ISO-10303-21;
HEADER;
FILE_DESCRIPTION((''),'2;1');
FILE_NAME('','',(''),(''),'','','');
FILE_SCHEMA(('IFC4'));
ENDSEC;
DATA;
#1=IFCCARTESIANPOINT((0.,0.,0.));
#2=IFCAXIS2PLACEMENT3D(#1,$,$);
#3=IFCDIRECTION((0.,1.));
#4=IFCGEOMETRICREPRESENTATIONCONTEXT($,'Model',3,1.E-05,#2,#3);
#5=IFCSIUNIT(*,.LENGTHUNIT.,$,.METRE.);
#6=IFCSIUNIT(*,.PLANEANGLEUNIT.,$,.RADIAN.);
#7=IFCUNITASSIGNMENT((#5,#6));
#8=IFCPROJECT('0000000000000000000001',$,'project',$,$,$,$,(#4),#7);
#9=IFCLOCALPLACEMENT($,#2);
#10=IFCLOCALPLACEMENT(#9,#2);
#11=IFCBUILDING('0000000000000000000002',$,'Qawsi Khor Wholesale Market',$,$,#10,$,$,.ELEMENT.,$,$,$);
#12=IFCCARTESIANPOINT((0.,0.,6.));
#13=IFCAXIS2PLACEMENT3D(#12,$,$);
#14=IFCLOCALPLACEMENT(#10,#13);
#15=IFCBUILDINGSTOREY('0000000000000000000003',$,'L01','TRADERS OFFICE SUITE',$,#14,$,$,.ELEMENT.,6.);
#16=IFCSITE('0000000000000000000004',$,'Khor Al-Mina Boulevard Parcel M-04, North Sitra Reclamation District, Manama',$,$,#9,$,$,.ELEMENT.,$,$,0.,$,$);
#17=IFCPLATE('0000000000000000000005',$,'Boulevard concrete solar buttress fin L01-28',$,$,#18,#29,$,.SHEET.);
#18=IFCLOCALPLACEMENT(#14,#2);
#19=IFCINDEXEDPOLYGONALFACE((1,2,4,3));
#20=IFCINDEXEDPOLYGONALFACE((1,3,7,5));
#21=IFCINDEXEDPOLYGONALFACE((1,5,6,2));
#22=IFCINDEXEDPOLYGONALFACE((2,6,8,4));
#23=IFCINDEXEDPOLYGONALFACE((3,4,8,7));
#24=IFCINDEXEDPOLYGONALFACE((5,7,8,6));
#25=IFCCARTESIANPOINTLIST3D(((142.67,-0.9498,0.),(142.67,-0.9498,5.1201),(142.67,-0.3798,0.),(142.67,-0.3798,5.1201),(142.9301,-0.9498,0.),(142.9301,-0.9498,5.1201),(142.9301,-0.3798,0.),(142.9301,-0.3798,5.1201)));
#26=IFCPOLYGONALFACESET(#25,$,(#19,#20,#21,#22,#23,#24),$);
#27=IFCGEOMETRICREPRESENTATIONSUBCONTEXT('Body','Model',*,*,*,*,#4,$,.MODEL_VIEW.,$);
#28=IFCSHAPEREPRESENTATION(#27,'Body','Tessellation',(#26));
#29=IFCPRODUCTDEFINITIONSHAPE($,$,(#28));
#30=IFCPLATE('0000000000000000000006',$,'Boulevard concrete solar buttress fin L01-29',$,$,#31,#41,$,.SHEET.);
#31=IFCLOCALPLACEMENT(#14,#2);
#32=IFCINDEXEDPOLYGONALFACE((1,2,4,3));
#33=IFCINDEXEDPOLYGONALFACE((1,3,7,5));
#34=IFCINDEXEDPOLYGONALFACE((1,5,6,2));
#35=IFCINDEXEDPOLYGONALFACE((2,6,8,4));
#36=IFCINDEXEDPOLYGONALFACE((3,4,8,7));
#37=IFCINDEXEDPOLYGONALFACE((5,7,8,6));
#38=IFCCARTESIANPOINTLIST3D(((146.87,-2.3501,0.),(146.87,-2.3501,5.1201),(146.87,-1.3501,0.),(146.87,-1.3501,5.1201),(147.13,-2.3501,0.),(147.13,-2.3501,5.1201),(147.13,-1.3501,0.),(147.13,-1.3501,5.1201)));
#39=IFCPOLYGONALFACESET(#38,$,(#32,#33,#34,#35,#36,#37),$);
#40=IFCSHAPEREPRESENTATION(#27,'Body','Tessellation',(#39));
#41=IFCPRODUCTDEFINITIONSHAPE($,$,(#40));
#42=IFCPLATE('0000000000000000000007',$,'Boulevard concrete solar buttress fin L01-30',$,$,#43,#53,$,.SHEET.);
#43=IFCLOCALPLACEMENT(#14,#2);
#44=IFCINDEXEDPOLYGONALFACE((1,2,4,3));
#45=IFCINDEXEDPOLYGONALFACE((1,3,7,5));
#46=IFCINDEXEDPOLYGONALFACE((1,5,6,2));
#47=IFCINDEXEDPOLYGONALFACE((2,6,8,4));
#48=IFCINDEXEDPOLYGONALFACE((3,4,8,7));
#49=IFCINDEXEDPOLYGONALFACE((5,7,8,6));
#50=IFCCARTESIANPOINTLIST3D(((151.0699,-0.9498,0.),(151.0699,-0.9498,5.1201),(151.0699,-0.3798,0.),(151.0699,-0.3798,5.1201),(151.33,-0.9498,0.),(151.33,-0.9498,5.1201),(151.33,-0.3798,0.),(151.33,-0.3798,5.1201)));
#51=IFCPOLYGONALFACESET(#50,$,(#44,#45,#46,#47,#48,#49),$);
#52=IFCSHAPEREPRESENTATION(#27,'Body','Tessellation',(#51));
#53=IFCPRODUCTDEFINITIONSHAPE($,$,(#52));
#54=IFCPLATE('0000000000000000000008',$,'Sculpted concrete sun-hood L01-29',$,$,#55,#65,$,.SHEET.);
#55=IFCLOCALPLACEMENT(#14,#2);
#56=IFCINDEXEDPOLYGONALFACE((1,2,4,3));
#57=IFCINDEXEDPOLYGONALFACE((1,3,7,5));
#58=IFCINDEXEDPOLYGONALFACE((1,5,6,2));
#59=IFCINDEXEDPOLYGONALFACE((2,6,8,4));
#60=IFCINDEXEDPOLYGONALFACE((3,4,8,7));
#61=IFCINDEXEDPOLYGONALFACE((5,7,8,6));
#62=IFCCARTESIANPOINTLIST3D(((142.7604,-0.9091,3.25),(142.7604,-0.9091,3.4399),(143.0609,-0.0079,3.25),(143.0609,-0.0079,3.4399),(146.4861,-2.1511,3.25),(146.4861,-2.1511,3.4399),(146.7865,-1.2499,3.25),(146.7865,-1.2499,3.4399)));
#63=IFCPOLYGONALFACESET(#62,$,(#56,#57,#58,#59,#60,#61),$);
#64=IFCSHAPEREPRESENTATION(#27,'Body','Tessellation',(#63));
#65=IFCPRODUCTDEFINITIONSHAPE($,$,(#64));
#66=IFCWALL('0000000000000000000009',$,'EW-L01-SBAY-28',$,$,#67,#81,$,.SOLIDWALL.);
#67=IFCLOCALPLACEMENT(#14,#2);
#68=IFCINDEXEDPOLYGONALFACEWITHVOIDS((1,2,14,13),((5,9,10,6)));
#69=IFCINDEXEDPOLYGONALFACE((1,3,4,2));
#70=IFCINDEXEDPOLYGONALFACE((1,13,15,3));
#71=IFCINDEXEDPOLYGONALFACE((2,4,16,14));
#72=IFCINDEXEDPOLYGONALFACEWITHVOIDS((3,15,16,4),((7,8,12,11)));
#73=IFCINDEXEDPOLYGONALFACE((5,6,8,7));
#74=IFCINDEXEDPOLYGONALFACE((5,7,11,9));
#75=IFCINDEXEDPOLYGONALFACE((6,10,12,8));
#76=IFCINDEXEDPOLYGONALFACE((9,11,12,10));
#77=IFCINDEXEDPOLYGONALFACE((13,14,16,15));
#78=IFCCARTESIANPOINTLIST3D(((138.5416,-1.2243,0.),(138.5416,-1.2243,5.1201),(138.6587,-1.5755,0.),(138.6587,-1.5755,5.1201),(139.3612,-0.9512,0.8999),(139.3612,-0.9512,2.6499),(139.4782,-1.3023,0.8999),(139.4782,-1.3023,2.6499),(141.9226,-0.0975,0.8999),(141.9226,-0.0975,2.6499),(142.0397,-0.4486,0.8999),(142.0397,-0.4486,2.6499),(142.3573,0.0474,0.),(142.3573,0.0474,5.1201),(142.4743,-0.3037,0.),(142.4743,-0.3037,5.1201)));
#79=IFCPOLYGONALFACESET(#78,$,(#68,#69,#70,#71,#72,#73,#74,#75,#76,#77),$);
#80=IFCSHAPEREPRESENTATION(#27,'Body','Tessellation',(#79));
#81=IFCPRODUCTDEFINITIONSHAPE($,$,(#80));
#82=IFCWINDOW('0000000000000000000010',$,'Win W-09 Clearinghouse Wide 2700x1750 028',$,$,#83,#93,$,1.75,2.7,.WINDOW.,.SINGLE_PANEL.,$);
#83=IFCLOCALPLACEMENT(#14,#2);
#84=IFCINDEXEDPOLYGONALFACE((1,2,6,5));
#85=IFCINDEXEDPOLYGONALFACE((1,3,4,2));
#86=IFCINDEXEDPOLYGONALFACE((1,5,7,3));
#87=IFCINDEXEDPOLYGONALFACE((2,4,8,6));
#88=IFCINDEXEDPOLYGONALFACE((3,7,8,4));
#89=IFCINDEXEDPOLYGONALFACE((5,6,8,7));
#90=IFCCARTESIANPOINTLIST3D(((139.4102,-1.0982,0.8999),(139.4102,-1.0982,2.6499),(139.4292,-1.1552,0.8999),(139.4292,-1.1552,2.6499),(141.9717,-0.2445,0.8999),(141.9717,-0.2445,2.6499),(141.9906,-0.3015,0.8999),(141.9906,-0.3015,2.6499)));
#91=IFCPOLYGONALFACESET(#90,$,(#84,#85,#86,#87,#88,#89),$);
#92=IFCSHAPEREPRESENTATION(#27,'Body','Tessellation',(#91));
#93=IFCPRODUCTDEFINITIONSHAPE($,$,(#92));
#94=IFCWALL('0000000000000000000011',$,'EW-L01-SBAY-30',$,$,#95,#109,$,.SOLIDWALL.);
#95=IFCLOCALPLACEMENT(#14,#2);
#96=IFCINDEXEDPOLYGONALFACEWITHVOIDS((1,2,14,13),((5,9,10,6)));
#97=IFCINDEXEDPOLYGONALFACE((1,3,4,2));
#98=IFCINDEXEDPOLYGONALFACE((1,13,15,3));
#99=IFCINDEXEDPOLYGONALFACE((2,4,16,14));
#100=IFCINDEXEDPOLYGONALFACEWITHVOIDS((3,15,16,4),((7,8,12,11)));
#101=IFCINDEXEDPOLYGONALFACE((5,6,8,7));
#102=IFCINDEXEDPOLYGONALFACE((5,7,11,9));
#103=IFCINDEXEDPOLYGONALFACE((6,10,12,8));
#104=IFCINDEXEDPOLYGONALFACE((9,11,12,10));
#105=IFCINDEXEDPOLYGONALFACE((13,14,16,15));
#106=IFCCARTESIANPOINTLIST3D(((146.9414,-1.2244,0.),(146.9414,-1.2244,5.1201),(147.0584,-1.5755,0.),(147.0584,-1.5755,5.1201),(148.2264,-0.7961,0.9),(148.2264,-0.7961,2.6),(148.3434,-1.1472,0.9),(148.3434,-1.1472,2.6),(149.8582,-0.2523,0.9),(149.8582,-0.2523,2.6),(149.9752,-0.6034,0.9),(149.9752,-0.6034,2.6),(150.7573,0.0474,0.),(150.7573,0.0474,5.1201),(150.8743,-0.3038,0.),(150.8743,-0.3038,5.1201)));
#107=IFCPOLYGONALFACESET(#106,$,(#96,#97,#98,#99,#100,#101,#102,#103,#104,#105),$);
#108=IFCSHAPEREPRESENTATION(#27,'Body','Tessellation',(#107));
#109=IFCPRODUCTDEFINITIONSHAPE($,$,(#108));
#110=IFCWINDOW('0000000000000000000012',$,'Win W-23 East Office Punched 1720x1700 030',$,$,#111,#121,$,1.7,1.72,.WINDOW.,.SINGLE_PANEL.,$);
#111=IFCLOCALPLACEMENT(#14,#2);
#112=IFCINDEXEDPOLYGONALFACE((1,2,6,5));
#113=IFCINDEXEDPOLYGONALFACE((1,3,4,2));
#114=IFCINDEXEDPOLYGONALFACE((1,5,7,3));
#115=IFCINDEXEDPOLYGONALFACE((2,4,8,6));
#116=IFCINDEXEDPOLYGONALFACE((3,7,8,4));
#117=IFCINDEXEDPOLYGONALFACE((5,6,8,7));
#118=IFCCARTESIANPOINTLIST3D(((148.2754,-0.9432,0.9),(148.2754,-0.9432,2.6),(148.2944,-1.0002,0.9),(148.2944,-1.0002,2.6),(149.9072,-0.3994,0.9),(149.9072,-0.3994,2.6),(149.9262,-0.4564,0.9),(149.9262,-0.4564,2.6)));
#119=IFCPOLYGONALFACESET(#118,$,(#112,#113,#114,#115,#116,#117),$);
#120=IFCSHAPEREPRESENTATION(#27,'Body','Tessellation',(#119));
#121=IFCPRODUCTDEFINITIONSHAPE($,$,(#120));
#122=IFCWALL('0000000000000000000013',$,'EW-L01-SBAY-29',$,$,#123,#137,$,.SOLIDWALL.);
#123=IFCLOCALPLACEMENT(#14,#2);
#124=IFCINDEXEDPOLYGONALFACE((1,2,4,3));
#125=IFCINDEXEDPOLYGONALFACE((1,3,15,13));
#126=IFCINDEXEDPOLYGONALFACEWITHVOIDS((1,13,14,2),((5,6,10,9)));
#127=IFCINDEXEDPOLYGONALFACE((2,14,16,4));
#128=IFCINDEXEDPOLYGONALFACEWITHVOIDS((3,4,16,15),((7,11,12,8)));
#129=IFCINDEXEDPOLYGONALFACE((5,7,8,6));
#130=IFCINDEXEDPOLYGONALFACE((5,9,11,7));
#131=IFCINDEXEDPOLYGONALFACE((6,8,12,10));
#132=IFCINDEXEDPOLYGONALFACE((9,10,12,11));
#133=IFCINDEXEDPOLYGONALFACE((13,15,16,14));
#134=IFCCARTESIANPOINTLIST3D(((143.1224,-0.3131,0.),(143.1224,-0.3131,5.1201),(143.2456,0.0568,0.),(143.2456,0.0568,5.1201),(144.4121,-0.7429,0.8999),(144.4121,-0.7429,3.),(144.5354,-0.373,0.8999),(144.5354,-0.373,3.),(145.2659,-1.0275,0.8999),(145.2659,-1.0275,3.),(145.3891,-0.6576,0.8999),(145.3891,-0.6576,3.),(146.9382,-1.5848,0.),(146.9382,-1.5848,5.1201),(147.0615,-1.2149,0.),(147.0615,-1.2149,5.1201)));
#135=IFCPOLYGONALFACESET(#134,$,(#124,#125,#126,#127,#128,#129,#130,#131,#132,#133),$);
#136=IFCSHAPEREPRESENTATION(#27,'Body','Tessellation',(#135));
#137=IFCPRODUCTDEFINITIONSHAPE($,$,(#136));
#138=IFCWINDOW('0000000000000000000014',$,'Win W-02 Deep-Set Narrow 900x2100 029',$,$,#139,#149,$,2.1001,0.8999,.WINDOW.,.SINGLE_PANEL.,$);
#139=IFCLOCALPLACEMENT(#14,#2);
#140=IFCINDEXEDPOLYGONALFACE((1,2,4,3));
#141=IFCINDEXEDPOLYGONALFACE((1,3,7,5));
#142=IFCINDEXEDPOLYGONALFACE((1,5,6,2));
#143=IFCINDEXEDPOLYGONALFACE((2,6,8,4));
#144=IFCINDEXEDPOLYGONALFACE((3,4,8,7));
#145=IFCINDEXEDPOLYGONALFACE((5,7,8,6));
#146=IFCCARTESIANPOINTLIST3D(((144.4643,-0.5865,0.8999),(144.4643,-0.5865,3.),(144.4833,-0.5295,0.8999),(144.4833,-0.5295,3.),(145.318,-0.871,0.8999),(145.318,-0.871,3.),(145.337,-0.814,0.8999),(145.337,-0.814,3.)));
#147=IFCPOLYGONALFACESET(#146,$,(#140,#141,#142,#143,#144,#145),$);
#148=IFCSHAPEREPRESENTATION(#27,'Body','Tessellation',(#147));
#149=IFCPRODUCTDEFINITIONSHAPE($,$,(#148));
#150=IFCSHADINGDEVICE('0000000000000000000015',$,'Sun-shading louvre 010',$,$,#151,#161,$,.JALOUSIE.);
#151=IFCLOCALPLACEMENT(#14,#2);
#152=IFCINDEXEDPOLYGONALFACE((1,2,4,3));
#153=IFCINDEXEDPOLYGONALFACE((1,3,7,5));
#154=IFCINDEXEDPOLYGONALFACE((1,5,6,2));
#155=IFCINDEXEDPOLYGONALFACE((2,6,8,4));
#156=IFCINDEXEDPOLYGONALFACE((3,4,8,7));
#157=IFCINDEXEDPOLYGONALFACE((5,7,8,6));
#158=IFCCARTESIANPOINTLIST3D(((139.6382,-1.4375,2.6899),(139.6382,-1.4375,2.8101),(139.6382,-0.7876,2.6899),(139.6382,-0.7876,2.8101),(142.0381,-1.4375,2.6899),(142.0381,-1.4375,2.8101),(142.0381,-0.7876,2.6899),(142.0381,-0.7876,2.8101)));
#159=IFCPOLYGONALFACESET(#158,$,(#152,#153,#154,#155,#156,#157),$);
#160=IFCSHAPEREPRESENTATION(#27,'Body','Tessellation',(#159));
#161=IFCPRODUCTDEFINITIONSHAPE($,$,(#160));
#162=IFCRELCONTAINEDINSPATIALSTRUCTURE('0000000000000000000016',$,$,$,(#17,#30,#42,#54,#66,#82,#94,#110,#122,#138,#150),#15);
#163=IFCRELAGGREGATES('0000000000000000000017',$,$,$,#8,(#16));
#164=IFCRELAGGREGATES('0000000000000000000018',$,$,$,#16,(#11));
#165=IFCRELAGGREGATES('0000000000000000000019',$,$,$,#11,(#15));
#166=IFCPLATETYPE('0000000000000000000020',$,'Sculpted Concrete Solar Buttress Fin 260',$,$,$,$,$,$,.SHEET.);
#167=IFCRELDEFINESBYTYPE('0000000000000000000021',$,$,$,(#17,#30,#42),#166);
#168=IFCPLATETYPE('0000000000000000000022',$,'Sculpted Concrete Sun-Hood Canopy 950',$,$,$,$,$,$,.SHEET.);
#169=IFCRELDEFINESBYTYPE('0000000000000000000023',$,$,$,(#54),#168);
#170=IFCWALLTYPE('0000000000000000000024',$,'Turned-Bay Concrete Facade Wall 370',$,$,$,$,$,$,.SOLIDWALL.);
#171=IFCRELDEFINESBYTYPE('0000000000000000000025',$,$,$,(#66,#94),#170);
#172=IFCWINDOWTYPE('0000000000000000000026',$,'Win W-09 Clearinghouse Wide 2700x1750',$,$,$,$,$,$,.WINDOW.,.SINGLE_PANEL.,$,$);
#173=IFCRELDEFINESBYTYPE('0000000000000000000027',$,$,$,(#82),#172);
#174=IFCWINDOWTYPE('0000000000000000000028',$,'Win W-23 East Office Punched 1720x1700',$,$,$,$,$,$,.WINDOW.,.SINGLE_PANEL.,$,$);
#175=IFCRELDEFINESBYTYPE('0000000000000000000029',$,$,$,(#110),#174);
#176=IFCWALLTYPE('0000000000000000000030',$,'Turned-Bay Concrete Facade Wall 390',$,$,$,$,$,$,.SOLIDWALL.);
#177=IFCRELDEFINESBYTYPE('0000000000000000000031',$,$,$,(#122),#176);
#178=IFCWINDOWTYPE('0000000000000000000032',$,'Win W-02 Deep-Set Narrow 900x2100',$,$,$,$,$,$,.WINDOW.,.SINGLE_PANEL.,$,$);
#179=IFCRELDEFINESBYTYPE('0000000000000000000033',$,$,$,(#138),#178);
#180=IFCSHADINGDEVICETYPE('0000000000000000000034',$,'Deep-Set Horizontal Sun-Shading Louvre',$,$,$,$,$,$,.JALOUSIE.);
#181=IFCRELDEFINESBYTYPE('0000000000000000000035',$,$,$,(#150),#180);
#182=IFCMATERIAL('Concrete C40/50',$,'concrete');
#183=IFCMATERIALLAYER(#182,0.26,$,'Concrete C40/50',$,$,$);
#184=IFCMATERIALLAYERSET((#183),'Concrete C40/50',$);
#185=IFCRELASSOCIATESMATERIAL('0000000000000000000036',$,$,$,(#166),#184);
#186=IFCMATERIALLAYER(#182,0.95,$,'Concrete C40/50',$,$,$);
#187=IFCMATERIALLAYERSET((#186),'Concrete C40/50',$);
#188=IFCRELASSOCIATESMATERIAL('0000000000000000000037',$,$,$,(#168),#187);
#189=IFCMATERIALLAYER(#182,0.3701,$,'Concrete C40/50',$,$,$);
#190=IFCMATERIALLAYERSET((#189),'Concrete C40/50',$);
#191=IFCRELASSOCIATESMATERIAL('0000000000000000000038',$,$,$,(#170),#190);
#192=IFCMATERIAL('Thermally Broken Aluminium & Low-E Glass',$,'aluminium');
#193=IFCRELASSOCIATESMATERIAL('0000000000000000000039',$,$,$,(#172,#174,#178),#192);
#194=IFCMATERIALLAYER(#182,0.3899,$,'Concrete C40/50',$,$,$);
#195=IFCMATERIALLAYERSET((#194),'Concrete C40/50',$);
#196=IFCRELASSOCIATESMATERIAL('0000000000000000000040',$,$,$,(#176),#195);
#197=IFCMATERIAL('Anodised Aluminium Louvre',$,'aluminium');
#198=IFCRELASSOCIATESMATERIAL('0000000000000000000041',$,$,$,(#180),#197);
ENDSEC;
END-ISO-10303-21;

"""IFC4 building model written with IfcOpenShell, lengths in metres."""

from ifc_helpers import new_model, si_unit, direction, frame, frame_2d, origin, origin_2d, place, context, subcontext, project, spatial, rectangle, extrude, material, layer, layer_set, type_object, element, fill, save


model = new_model("IFC4")

# Units and contexts
model_context = context("Model", 3, precision=1e-05, world=origin(), true_north=direction((0.0, 1.0)))
body_context = subcontext(model_context, "Body", "Model", "MODEL_VIEW")
ifc_project = project(units=[si_unit("LENGTHUNIT", "METRE"), si_unit("PLANEANGLEUNIT", "RADIAN")], contexts=[model_context])

# Site, building, storey
site_placement = place(None, origin())
site = spatial("IfcSite", under=ifc_project, at=site_placement, Name="Khor Al-Mina Boulevard Parcel M-04, North Sitra Reclamation District, Manama", CompositionType="ELEMENT", RefElevation=0.0)
building_placement = place(site_placement, origin())
building = spatial("IfcBuilding", under=site, at=building_placement, Name="Qawsi Khor Wholesale Market", CompositionType="ELEMENT")
storey_placement = place(building_placement, frame((0.0, 0.0, 6.0)))
storey = spatial("IfcBuildingStorey", under=building, at=storey_placement, Name="L01", Description="TRADERS OFFICE SUITE", CompositionType="ELEMENT", Elevation=6.0)

# Shared definitions
ifc_material_1 = material(Name="Concrete C40/50", Category="concrete")

# Plates
ifc_layer_1 = layer(ifc_material_1, 0.26, Name="Concrete C40/50")
ifc_layer_set_1 = layer_set([ifc_layer_1], Name="Concrete C40/50")
plate_type_1 = type_object("IfcPlateType", Name="Sculpted Concrete Solar Buttress Fin 260", PredefinedType="SHEET", material=ifc_layer_set_1)
plate_1_placement = place(storey_placement, frame((142.8, -0.95, 0.0), z_axis=(0.0, 0.0, 1.0), x_axis=(0.0, 1.0, 0.0)))
element("IfcPlate", 1, at=plate_1_placement, inside=storey, type_object=plate_type_1, Name="Boulevard concrete solar buttress fin L01-28", PredefinedType="SHEET", context=body_context, shape_type="SweptSolid", body=[
    extrude(rectangle(XDim=0.5701, YDim=0.26, at=frame_2d((0.2852, 0.0))), origin(), (0.0, 0.0, 1.0), 5.1201),
])
plate_2_placement = place(storey_placement, frame((147.0, -2.3501, 0.0), z_axis=(0.0, 0.0, 1.0), x_axis=(0.0, 1.0, 0.0)))
element("IfcPlate", 2, at=plate_2_placement, inside=storey, type_object=plate_type_1, Name="Boulevard concrete solar buttress fin L01-29", PredefinedType="SHEET", context=body_context, shape_type="SweptSolid", body=[
    extrude(rectangle(XDim=1.0, YDim=0.26, at=frame_2d((0.5, 0.0))), origin(), (0.0, 0.0, 1.0), 5.1201),
])
plate_3_placement = place(storey_placement, frame((151.2, -0.95, 0.0), z_axis=(0.0, 0.0, 1.0), x_axis=(0.0, 1.0, 0.0)))
element("IfcPlate", 3, at=plate_3_placement, inside=storey, type_object=plate_type_1, Name="Boulevard concrete solar buttress fin L01-30", PredefinedType="SHEET", context=body_context, shape_type="SweptSolid", body=[
    extrude(rectangle(XDim=0.5701, YDim=0.26, at=frame_2d((0.2852, 0.0))), origin(), (0.0, 0.0, 1.0), 5.1201),
])
ifc_layer_2 = layer(ifc_material_1, 0.95, Name="Concrete C40/50")
ifc_layer_set_2 = layer_set([ifc_layer_2], Name="Concrete C40/50")
plate_type_2 = type_object("IfcPlateType", Name="Sculpted Concrete Sun-Hood Canopy 950", PredefinedType="SHEET", material=ifc_layer_set_2)
plate_4_placement = place(storey_placement, frame((142.9106, -0.4585, 3.25), z_axis=(0.0, 0.0, 1.0), x_axis=(0.948677, -0.316246, 0.0)))
element("IfcPlate", 4, at=plate_4_placement, inside=storey, type_object=plate_type_2, Name="Sculpted concrete sun-hood L01-29", PredefinedType="SHEET", context=body_context, shape_type="SweptSolid", body=[
    extrude(rectangle(XDim=3.9272, YDim=0.95, at=frame_2d((1.9636, 0.0))), origin(), (0.0, 0.0, 1.0), 0.1899),
])

# Walls, openings, windows
ifc_layer_3 = layer(ifc_material_1, 0.3701, Name="Concrete C40/50")
ifc_layer_set_3 = layer_set([ifc_layer_3], Name="Concrete C40/50")
wall_type_1 = type_object("IfcWallType", Name="Turned-Bay Concrete Facade Wall 370", PredefinedType="SOLIDWALL", material=ifc_layer_set_3)
wall_1_placement = place(storey_placement, frame((142.4158, -0.1282, 0.0), z_axis=(0.0, 0.0, 1.0), x_axis=(-0.948695, -0.316191, 0.0)))
wall_1 = element("IfcWall", 5, at=wall_1_placement, inside=storey, type_object=wall_type_1, Name="EW-L01-SBAY-28", PredefinedType="SOLIDWALL", context=body_context, shape_type="SweptSolid", body=[
    extrude(rectangle(XDim=4.022, YDim=0.3701, at=frame_2d((2.011, 0.0))), origin(), (0.0, 0.0, 1.0), 5.1201),
])
opening_1_placement = place(wall_1_placement, frame((0.458, 0.0, 0.8999)))
opening_1 = element("IfcOpeningElement", 6, at=opening_1_placement, cuts=wall_1, PredefinedType="OPENING", context=body_context, shape_type="SweptSolid", body=[
    extrude(rectangle(XDim=2.7, YDim=1.75, at=frame_2d((1.3501, 0.875))), frame((0.0, 0.1951, 0.0), z_axis=(0.0, -1.0, 0.0), x_axis=(1.0, 0.0, 0.0)), (0.0, 0.0, 1.0), 0.3901),
])
ifc_material_2 = material(Name="Thermally Broken Aluminium & Low-E Glass", Category="aluminium")
window_type_1 = type_object("IfcWindowType", Name="Win W-09 Clearinghouse Wide 2700x1750", PartitioningType="SINGLE_PANEL", PredefinedType="WINDOW", material=ifc_material_2)
window_1_placement = place(opening_1_placement, origin())
window_1 = element("IfcWindow", 7, at=window_1_placement, inside=storey, type_object=window_type_1, Name="Win W-09 Clearinghouse Wide 2700x1750 028", OverallHeight=1.75, OverallWidth=2.7, PartitioningType="SINGLE_PANEL", PredefinedType="WINDOW", context=body_context, shape_type="SweptSolid", body=[
    extrude(rectangle(XDim=2.7, YDim=1.75, at=frame_2d((1.3501, 0.875))), frame((0.0, 0.03, 0.0), z_axis=(0.0, -1.0, 0.0), x_axis=(1.0, 0.0, 0.0)), (0.0, 0.0, 1.0), 0.0601),
])
fill(opening_1, window_1)
wall_2_placement = place(storey_placement, frame((150.8159, -0.1282, 0.0), z_axis=(0.0, 0.0, 1.0), x_axis=(-0.948702, -0.316173, 0.0)))
wall_2 = element("IfcWall", 8, at=wall_2_placement, inside=storey, type_object=wall_type_1, Name="EW-L01-SBAY-30", PredefinedType="SOLIDWALL", context=body_context, shape_type="SweptSolid", body=[
    extrude(rectangle(XDim=4.0222, YDim=0.3701, at=frame_2d((2.0112, 0.0))), origin(), (0.0, 0.0, 1.0), 5.1201),
])
opening_2_placement = place(wall_2_placement, frame((0.948, 0.0, 0.8999)))
opening_2 = element("IfcOpeningElement", 9, at=opening_2_placement, cuts=wall_2, PredefinedType="OPENING", context=body_context, shape_type="SweptSolid", body=[
    extrude(rectangle(XDim=1.72, YDim=1.7, at=frame_2d((0.8599, 0.8501))), frame((0.0, 0.1951, 0.0), z_axis=(0.0, -1.0, 0.0), x_axis=(1.0, 0.0, 0.0)), (0.0, 0.0, 1.0), 0.3901),
])
window_type_2 = type_object("IfcWindowType", Name="Win W-23 East Office Punched 1720x1700", PartitioningType="SINGLE_PANEL", PredefinedType="WINDOW", material=ifc_material_2)
window_2_placement = place(opening_2_placement, origin())
window_2 = element("IfcWindow", 10, at=window_2_placement, inside=storey, type_object=window_type_2, Name="Win W-23 East Office Punched 1720x1700 030", OverallHeight=1.7, OverallWidth=1.72, PartitioningType="SINGLE_PANEL", PredefinedType="WINDOW", context=body_context, shape_type="SweptSolid", body=[
    extrude(rectangle(XDim=1.72, YDim=1.7, at=frame_2d((0.8599, 0.8501))), frame((0.0, 0.03, 0.0), z_axis=(0.0, -1.0, 0.0), x_axis=(1.0, 0.0, 0.0)), (0.0, 0.0, 1.0), 0.0601),
])
fill(opening_2, window_2)
ifc_layer_4 = layer(ifc_material_1, 0.3899, Name="Concrete C40/50")
ifc_layer_set_4 = layer_set([ifc_layer_4], Name="Concrete C40/50")
wall_type_2 = type_object("IfcWallType", Name="Turned-Bay Concrete Facade Wall 390", PredefinedType="SOLIDWALL", material=ifc_layer_set_4)
wall_3_placement = place(storey_placement, frame((147.0, -1.3999, 0.0), z_axis=(0.0, 0.0, 1.0), x_axis=(-0.948702, 0.316173, 0.0)))
wall_3 = element("IfcWall", 11, at=wall_3_placement, inside=storey, type_object=wall_type_2, Name="EW-L01-SBAY-29", PredefinedType="SOLIDWALL", context=body_context, shape_type="SweptSolid", body=[
    extrude(rectangle(XDim=4.0222, YDim=0.3899, at=frame_2d((2.0112, 0.0))), origin(), (0.0, 0.0, 1.0), 5.1201),
])
opening_3_placement = place(wall_3_placement, frame((1.7629, 0.0, 0.8999)))
opening_3 = element("IfcOpeningElement", 12, at=opening_3_placement, cuts=wall_3, PredefinedType="OPENING", context=body_context, shape_type="SweptSolid", body=[
    extrude(rectangle(XDim=0.8999, YDim=2.1001, at=frame_2d((0.45, 1.05))), frame((0.0, 0.2048, 0.0), z_axis=(0.0, -1.0, 0.0), x_axis=(1.0, 0.0, 0.0)), (0.0, 0.0, 1.0), 0.4099),
])
window_type_3 = type_object("IfcWindowType", Name="Win W-02 Deep-Set Narrow 900x2100", PartitioningType="SINGLE_PANEL", PredefinedType="WINDOW", material=ifc_material_2)
window_3_placement = place(opening_3_placement, origin())
window_3 = element("IfcWindow", 13, at=window_3_placement, inside=storey, type_object=window_type_3, Name="Win W-02 Deep-Set Narrow 900x2100 029", OverallHeight=2.1001, OverallWidth=0.8999, PartitioningType="SINGLE_PANEL", PredefinedType="WINDOW", context=body_context, shape_type="SweptSolid", body=[
    extrude(rectangle(XDim=0.8999, YDim=2.1001, at=frame_2d((0.45, 1.05))), frame((0.0, 0.03, 0.0), z_axis=(0.0, -1.0, 0.0), x_axis=(1.0, 0.0, 0.0)), (0.0, 0.0, 1.0), 0.0601),
])
fill(opening_3, window_3)

# Shading device
ifc_material_3 = material(Name="Anodised Aluminium Louvre", Category="aluminium")
shading_device_type = type_object("IfcShadingDeviceType", Name="Deep-Set Horizontal Sun-Shading Louvre", PredefinedType="JALOUSIE", material=ifc_material_3)
shading_device_placement = place(storey_placement, frame((140.8381, -1.1125, 2.6899), z_axis=(0.0, 0.0, 1.0), x_axis=(1.0, 0.0, 0.0)))
element("IfcShadingDevice", 14, at=shading_device_placement, inside=storey, type_object=shading_device_type, Name="Sun-shading louvre 010", PredefinedType="JALOUSIE", context=body_context, shape_type="SweptSolid", body=[
    extrude(rectangle(XDim=2.3999, YDim=0.6499, at=origin_2d()), origin(), (0.0, 0.0, 1.0), 0.1201),
])

save(model, "model.ifc")
